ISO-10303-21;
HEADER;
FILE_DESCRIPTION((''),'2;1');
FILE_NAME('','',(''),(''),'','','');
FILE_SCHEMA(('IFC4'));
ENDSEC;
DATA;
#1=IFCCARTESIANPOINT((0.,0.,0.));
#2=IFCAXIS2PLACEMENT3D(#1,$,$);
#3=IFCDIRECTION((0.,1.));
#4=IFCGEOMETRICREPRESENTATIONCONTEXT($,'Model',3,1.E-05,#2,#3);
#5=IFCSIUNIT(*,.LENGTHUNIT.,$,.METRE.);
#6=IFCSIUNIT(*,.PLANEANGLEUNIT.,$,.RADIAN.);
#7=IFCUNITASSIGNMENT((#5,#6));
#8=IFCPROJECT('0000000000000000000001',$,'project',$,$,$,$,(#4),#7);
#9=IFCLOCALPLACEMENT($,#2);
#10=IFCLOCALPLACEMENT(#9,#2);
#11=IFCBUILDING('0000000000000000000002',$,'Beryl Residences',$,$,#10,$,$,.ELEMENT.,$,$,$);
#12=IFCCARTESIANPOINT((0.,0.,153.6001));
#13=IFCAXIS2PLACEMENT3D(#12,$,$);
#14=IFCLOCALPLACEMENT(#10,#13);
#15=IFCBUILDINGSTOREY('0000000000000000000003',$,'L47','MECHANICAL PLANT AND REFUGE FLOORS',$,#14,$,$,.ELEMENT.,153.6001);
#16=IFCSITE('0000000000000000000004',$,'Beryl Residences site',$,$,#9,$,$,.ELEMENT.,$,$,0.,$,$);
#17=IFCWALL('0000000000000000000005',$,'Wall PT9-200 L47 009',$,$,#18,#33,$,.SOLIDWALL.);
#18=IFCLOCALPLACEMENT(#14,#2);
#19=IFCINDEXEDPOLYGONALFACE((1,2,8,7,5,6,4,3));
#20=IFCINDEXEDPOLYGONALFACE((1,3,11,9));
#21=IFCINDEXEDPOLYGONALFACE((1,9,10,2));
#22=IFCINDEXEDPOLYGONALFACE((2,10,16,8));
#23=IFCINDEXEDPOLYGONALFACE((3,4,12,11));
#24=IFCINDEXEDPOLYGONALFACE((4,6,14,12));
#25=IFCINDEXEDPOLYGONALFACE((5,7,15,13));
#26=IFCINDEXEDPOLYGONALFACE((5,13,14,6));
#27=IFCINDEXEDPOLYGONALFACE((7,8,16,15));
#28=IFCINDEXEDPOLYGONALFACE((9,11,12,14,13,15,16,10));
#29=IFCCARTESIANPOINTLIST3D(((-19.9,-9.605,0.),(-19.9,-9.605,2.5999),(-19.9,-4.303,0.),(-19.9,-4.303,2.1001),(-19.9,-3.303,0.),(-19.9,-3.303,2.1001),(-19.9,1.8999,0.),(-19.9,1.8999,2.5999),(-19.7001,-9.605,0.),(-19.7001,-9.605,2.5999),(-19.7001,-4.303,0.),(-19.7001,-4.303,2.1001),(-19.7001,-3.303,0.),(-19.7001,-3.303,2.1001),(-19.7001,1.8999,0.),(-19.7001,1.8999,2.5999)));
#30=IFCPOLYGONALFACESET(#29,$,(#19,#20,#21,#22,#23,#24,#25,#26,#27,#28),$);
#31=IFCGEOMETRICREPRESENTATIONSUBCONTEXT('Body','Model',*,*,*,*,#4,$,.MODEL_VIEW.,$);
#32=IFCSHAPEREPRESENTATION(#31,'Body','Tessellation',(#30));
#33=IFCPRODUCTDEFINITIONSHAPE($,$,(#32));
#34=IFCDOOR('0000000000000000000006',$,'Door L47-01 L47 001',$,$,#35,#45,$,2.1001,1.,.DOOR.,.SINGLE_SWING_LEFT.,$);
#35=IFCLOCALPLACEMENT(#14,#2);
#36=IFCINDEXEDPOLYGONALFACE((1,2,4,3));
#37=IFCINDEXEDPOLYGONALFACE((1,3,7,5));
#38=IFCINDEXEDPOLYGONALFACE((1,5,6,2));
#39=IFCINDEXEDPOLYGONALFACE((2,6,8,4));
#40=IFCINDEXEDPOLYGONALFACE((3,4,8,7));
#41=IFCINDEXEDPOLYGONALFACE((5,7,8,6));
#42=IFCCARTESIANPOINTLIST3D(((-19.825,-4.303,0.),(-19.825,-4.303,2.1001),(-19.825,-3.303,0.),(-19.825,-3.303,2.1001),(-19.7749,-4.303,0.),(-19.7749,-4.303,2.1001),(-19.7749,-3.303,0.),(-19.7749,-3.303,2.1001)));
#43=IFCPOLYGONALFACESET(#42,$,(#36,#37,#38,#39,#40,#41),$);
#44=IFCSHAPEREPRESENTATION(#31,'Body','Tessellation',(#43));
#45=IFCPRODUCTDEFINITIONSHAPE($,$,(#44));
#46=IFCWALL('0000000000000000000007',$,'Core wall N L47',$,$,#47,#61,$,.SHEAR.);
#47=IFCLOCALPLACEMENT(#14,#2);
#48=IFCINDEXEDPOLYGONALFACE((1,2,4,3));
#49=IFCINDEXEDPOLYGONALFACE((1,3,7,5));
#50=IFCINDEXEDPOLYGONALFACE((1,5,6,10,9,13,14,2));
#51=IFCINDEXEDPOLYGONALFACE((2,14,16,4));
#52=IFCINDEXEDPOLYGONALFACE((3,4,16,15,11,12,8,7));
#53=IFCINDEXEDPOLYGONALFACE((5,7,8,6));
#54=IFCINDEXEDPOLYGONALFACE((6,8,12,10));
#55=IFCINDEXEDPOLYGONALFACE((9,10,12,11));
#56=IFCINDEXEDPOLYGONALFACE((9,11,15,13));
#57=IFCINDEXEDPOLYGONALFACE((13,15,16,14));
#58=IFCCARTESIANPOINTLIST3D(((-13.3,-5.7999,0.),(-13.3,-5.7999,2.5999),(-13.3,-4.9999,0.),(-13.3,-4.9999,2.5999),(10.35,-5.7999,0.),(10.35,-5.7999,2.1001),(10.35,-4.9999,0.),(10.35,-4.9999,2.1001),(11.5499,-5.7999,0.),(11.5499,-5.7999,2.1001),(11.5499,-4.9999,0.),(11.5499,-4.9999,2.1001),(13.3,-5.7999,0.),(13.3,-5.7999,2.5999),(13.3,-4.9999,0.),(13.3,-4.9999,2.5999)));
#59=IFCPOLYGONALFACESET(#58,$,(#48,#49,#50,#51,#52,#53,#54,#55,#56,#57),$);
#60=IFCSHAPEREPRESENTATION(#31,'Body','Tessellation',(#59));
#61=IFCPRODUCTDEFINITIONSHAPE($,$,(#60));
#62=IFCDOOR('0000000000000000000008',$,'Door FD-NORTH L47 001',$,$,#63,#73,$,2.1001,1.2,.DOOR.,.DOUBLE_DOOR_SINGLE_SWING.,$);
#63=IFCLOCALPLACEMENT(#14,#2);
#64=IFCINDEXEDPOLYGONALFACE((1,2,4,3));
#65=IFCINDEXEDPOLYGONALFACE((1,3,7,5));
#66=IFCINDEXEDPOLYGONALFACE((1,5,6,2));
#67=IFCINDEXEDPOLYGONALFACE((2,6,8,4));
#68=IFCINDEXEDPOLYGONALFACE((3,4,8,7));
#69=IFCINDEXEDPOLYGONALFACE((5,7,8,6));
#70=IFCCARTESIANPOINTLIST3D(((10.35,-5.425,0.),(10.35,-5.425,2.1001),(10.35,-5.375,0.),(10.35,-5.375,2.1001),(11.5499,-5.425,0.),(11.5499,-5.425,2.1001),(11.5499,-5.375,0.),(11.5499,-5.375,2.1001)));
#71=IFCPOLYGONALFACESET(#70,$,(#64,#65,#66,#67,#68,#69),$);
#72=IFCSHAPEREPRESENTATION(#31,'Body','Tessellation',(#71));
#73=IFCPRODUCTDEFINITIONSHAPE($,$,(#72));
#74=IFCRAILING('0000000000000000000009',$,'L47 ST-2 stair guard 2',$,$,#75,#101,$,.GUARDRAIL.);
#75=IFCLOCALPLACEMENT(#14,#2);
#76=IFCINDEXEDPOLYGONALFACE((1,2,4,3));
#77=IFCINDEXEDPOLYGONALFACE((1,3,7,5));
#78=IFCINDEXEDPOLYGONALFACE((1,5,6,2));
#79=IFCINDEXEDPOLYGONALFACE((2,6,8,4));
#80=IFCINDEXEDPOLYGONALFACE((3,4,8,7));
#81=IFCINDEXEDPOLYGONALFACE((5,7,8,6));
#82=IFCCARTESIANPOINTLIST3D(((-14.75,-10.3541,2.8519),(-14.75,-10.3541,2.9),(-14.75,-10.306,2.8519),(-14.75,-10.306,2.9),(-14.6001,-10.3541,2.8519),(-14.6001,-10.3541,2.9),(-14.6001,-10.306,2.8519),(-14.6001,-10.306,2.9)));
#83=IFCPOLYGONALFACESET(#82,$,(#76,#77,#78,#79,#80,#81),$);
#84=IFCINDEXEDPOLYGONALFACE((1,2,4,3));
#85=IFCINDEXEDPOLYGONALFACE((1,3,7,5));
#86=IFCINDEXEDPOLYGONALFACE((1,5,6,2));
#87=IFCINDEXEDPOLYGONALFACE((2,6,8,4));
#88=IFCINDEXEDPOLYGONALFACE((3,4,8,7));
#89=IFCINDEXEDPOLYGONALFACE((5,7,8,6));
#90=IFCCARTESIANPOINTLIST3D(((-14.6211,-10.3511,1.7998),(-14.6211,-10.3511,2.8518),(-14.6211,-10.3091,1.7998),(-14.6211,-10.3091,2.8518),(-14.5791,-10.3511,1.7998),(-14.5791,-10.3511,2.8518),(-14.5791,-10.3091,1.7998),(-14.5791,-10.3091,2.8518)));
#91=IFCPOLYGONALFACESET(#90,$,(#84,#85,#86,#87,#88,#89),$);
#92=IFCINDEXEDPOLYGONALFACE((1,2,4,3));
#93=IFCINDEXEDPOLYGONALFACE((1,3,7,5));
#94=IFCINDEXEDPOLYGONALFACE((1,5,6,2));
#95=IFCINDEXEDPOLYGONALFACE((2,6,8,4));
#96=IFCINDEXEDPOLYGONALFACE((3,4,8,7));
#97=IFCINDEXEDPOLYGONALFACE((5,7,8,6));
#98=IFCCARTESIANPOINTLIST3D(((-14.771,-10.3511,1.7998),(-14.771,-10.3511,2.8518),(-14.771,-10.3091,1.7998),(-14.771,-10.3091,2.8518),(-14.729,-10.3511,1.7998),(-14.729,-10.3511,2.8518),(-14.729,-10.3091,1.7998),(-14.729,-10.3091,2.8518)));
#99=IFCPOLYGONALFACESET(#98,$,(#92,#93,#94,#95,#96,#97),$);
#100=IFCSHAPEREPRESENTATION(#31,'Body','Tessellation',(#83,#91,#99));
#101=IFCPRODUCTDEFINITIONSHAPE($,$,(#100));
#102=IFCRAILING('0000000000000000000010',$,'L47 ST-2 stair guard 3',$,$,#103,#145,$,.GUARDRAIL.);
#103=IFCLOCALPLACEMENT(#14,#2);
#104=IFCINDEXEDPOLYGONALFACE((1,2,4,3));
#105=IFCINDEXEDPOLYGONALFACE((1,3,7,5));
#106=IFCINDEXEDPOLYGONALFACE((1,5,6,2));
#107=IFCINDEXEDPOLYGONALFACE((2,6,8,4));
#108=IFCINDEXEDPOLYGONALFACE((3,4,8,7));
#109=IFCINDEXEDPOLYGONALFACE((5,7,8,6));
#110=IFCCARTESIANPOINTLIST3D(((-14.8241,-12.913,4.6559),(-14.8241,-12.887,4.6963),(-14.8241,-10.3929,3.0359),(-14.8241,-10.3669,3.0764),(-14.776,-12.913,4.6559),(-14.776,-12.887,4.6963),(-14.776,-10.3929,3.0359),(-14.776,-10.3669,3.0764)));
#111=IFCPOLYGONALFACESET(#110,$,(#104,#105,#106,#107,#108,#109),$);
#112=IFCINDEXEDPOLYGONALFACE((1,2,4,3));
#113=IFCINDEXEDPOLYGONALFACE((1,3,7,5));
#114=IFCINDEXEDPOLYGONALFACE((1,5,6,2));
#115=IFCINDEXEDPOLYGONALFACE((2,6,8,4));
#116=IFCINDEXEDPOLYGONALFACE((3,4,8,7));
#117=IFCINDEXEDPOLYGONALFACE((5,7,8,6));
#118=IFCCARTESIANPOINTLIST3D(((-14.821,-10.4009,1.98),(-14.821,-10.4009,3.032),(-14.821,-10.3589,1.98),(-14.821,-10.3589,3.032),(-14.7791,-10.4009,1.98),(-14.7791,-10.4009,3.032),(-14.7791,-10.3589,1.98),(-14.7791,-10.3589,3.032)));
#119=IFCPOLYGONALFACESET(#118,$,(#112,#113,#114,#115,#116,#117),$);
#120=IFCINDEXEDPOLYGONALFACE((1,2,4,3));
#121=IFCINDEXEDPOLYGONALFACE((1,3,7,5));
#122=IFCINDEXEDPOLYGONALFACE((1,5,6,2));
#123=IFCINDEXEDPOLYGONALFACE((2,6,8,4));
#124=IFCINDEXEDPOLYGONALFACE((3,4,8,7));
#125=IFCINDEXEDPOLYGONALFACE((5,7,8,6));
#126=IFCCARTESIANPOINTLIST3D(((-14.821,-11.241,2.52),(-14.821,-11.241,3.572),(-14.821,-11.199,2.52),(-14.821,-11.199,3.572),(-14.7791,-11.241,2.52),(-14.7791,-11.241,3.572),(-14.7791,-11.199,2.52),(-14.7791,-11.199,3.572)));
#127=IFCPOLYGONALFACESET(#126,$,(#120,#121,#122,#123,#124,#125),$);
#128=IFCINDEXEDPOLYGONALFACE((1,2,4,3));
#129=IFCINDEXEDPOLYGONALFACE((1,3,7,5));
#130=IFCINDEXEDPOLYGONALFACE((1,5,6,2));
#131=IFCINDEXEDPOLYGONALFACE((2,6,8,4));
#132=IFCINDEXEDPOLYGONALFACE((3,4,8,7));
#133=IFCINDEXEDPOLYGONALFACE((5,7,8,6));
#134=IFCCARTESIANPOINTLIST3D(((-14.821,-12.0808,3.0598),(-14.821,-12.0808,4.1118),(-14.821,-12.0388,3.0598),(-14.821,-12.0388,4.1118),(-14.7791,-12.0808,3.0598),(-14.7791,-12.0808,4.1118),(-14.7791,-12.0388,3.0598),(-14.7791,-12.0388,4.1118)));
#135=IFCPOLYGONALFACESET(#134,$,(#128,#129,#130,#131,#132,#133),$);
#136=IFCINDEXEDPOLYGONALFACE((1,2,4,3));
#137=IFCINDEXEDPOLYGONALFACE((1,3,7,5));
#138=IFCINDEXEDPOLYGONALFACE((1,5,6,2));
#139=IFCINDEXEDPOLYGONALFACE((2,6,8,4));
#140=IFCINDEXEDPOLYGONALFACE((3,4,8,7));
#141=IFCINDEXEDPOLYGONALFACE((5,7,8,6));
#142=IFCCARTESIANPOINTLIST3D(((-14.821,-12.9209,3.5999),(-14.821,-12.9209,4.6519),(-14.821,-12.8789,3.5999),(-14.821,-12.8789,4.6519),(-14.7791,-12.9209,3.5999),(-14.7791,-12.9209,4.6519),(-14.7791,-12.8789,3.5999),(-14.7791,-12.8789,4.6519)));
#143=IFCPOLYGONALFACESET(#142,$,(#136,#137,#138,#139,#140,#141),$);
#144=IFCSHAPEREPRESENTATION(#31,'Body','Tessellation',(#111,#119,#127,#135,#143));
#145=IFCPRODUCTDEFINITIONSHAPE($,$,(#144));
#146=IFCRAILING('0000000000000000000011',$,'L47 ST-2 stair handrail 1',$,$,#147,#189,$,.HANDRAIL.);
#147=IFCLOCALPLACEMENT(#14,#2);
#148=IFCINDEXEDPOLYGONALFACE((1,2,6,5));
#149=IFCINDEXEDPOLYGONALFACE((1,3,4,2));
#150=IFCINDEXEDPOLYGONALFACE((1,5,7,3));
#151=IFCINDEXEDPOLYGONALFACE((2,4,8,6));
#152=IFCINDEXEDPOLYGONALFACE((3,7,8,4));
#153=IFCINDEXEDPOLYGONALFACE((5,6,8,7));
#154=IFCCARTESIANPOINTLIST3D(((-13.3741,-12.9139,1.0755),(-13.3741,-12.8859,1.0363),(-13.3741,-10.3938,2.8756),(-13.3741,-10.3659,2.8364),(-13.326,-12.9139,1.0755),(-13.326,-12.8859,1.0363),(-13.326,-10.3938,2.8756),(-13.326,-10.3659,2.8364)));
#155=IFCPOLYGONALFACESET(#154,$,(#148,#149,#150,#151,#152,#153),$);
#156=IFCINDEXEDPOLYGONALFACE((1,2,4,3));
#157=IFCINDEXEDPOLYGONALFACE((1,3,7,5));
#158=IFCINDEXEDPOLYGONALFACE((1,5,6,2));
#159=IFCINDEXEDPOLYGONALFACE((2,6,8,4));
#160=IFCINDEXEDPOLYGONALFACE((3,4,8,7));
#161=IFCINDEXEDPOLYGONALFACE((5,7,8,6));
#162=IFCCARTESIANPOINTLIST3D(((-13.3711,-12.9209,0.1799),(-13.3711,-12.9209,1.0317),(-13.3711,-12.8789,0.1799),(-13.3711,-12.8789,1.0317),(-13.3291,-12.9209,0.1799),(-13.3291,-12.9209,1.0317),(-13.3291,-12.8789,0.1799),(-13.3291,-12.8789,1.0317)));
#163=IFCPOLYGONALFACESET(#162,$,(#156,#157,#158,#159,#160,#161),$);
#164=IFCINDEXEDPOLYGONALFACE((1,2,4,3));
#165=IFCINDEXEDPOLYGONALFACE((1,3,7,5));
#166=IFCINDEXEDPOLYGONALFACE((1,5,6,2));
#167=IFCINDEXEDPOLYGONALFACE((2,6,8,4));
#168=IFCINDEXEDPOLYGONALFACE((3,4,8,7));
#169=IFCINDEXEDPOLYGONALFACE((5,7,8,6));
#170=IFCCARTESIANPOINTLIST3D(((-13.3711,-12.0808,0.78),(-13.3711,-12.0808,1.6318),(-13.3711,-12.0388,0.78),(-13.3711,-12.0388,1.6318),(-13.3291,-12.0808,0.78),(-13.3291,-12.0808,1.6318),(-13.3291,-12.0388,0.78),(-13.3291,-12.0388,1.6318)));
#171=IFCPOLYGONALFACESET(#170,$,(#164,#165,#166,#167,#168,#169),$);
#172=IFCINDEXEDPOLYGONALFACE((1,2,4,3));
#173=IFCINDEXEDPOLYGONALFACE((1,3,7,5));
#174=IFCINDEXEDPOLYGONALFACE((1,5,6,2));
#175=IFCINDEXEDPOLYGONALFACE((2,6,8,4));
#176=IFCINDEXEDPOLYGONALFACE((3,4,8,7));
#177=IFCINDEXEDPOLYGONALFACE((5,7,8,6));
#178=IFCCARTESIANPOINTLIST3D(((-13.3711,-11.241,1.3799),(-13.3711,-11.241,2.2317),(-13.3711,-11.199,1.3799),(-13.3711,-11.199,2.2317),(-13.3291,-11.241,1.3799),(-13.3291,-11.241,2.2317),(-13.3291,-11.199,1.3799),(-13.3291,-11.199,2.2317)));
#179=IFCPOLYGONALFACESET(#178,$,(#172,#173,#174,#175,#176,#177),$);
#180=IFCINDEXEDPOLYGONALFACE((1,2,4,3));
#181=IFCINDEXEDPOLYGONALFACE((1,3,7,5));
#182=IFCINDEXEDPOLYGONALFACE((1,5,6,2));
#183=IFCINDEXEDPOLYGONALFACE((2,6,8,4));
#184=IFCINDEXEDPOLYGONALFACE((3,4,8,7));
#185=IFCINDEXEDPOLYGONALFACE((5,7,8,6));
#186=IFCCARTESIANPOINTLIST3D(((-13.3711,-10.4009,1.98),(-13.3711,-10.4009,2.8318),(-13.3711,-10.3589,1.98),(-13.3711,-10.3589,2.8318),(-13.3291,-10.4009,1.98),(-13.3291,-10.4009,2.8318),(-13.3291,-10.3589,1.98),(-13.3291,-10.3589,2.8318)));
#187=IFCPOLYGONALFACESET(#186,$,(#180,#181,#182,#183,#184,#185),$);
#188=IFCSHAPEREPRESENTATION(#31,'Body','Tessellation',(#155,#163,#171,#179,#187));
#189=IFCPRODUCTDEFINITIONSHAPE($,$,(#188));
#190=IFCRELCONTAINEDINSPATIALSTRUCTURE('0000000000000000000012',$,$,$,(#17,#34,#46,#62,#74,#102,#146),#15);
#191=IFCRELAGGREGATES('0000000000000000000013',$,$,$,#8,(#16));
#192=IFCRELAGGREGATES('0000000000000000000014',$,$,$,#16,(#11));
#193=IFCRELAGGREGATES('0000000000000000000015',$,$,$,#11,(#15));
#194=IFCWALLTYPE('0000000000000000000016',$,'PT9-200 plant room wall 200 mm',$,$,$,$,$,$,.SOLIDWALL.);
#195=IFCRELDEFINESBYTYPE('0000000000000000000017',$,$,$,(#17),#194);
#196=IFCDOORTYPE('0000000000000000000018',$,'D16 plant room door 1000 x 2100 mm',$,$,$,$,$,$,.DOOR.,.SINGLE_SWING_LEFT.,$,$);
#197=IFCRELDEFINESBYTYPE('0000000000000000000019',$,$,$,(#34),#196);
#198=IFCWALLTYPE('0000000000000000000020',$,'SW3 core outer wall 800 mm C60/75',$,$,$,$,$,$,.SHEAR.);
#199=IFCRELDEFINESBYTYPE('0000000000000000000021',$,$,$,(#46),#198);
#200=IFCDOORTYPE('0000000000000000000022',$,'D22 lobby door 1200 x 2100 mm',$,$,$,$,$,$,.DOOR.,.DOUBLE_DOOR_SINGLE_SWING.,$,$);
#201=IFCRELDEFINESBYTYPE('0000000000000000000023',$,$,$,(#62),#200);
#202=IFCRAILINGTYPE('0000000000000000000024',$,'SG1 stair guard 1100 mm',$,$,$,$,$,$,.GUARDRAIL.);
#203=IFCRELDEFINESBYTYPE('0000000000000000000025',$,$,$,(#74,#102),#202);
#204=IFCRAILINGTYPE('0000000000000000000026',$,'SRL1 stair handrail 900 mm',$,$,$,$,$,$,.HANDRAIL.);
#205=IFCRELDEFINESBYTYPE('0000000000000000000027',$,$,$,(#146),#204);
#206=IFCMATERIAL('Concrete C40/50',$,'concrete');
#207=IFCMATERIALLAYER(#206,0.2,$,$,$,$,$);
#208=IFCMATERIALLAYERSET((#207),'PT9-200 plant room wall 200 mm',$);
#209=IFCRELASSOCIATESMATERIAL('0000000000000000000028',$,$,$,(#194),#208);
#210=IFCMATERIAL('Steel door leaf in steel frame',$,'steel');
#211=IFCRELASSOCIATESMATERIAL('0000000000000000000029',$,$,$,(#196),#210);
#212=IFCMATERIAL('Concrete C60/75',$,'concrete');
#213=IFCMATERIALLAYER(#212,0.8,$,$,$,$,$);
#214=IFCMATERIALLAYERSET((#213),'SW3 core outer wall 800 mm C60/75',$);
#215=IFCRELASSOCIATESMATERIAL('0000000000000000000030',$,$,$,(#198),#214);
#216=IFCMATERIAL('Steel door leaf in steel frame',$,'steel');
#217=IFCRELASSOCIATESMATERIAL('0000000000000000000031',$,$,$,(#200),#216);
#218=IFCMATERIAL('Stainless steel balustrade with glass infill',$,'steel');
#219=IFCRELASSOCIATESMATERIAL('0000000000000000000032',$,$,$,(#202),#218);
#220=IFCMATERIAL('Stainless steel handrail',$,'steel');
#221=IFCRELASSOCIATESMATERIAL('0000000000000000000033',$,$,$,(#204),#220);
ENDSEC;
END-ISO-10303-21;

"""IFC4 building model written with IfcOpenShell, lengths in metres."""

from ifc_helpers import new_model, si_unit, direction, frame, frame_2d, origin, origin_2d, place, context, subcontext, project, spatial, rectangle, extrude, material, layer, layer_set, type_object, element, fill, save


model = new_model("IFC4")

# Units and contexts
model_context = context("Model", 3, precision=1e-05, world=origin(), true_north=direction((0.0, 1.0)))
body_context = subcontext(model_context, "Body", "Model", "MODEL_VIEW")
ifc_project = project(units=[si_unit("LENGTHUNIT", "METRE"), si_unit("PLANEANGLEUNIT", "RADIAN")], contexts=[model_context])

# Site, building, storey
site_placement = place(None, origin())
site = spatial("IfcSite", under=ifc_project, at=site_placement, Name="Beryl Residences site", CompositionType="ELEMENT", RefElevation=0.0)
building_placement = place(site_placement, origin())
building = spatial("IfcBuilding", under=site, at=building_placement, Name="Beryl Residences", CompositionType="ELEMENT")
storey_placement = place(building_placement, frame((0.0, 0.0, 153.6001)))
storey = spatial("IfcBuildingStorey", under=building, at=storey_placement, Name="L47", Description="MECHANICAL PLANT AND REFUGE FLOORS", CompositionType="ELEMENT", Elevation=153.6001)

# Walls, openings, doors
ifc_material_1 = material(Name="Concrete C40/50", Category="concrete")
ifc_layer_1 = layer(ifc_material_1, 0.2)
ifc_layer_set_1 = layer_set([ifc_layer_1], Name="PT9-200 plant room wall 200 mm")
wall_type_1 = type_object("IfcWallType", Name="PT9-200 plant room wall 200 mm", PredefinedType="SOLIDWALL", material=ifc_layer_set_1)
wall_1_placement = place(storey_placement, frame((-19.8, -9.605, 0.0), z_axis=(0.0, 0.0, 1.0), x_axis=(0.0, 1.0, 0.0)))
wall_1 = element("IfcWall", 1, at=wall_1_placement, inside=storey, type_object=wall_type_1, Name="Wall PT9-200 L47 009", PredefinedType="SOLIDWALL", context=body_context, shape_type="SweptSolid", body=[
    extrude(rectangle(XDim=11.5049, YDim=0.2, at=frame_2d((5.7524, 0.0))), origin(), (0.0, 0.0, 1.0), 2.5999),
])
opening_1_placement = place(wall_1_placement, frame((5.302, 0.0, 0.0)))
opening_1 = element("IfcOpeningElement", 2, at=opening_1_placement, cuts=wall_1, PredefinedType="OPENING", context=body_context, shape_type="SweptSolid", body=[
    extrude(rectangle(XDim=1.0, YDim=2.1001, at=frame_2d((0.5, 1.05))), frame((0.0, 0.1099, 0.0), z_axis=(0.0, -1.0, 0.0), x_axis=(1.0, 0.0, 0.0)), (0.0, 0.0, 1.0), 0.22),
])
ifc_material_2 = material(Name="Steel door leaf in steel frame", Category="steel")
door_type_1 = type_object("IfcDoorType", Name="D16 plant room door 1000 x 2100 mm", OperationType="SINGLE_SWING_LEFT", PredefinedType="DOOR", material=ifc_material_2)
door_1_placement = place(opening_1_placement, origin())
door_1 = element("IfcDoor", 3, at=door_1_placement, inside=storey, type_object=door_type_1, Name="Door L47-01 L47 001", OperationType="SINGLE_SWING_LEFT", OverallHeight=2.1001, OverallWidth=1.0, PredefinedType="DOOR", context=body_context, shape_type="SweptSolid", body=[
    extrude(rectangle(XDim=1.0, YDim=2.1001, at=frame_2d((0.5, 1.05))), frame((0.0, 0.0249, 0.0), z_axis=(0.0, -1.0, 0.0), x_axis=(1.0, 0.0, 0.0)), (0.0, 0.0, 1.0), 0.05),
])
fill(opening_1, door_1)
ifc_material_3 = material(Name="Concrete C60/75", Category="concrete")
ifc_layer_2 = layer(ifc_material_3, 0.8)
ifc_layer_set_2 = layer_set([ifc_layer_2], Name="SW3 core outer wall 800 mm C60/75")
wall_type_2 = type_object("IfcWallType", Name="SW3 core outer wall 800 mm C60/75", PredefinedType="SHEAR", material=ifc_layer_set_2)
wall_2_placement = place(storey_placement, frame((-13.3, -5.3999, 0.0), z_axis=(0.0, 0.0, 1.0), x_axis=(1.0, 0.0, 0.0)))
wall_2 = element("IfcWall", 4, at=wall_2_placement, inside=storey, type_object=wall_type_2, Name="Core wall N L47", PredefinedType="SHEAR", context=body_context, shape_type="SweptSolid", body=[
    extrude(rectangle(XDim=26.6001, YDim=0.8, at=frame_2d((13.3, 0.0))), origin(), (0.0, 0.0, 1.0), 2.5999),
])
opening_2_placement = place(wall_2_placement, frame((23.6499, 0.0, 0.0)))
opening_2 = element("IfcOpeningElement", 5, at=opening_2_placement, cuts=wall_2, PredefinedType="OPENING", context=body_context, shape_type="SweptSolid", body=[
    extrude(rectangle(XDim=1.2, YDim=2.1001, at=frame_2d((0.6001, 1.05))), frame((0.0, 0.4099, 0.0), z_axis=(0.0, -1.0, 0.0), x_axis=(1.0, 0.0, 0.0)), (0.0, 0.0, 1.0), 0.8201),
])
ifc_material_4 = material(Name="Steel door leaf in steel frame", Category="steel")
door_type_2 = type_object("IfcDoorType", Name="D22 lobby door 1200 x 2100 mm", OperationType="DOUBLE_DOOR_SINGLE_SWING", PredefinedType="DOOR", material=ifc_material_4)
door_2_placement = place(opening_2_placement, origin())
door_2 = element("IfcDoor", 6, at=door_2_placement, inside=storey, type_object=door_type_2, Name="Door FD-NORTH L47 001", OperationType="DOUBLE_DOOR_SINGLE_SWING", OverallHeight=2.1001, OverallWidth=1.2, PredefinedType="DOOR", context=body_context, shape_type="SweptSolid", body=[
    extrude(rectangle(XDim=1.2, YDim=2.1001, at=frame_2d((0.6001, 1.05))), frame((0.0, 0.0249, 0.0), z_axis=(0.0, -1.0, 0.0), x_axis=(1.0, 0.0, 0.0)), (0.0, 0.0, 1.0), 0.05),
])
fill(opening_2, door_2)

# Railings
ifc_material_5 = material(Name="Stainless steel balustrade with glass infill", Category="steel")
railing_type_1 = type_object("IfcRailingType", Name="SG1 stair guard 1100 mm", PredefinedType="GUARDRAIL", material=ifc_material_5)
railing_1_placement = place(storey_placement, frame((-14.6001, -10.3301, 1.7998)))
element("IfcRailing", 7, at=railing_1_placement, inside=storey, type_object=railing_type_1, Name="L47 ST-2 stair guard 2", PredefinedType="GUARDRAIL", context=body_context, shape_type="SweptSolid", body=[
    extrude(rectangle(XDim=0.0481, YDim=0.0481, at=origin_2d()), frame((0.0, 0.0, 1.0762), z_axis=(-1.0, 0.0, 0.0), x_axis=(0.0, -1.0, 0.0)), (0.0, 0.0, 1.0), 0.1499),
    extrude(rectangle(XDim=0.042, YDim=0.042, at=origin_2d()), origin(), (0.0, 0.0, 1.0), 1.052),
    extrude(rectangle(XDim=0.042, YDim=0.042, at=origin_2d()), frame((-0.1499, 0.0, 0.0)), (0.0, 0.0, 1.0), 1.052),
])
railing_2_placement = place(storey_placement, frame((-14.8, -10.3799, 1.98)))
element("IfcRailing", 8, at=railing_2_placement, inside=storey, type_object=railing_type_1, Name="L47 ST-2 stair guard 3", PredefinedType="GUARDRAIL", context=body_context, shape_type="SweptSolid", body=[
    extrude(rectangle(XDim=0.0481, YDim=0.0481, at=origin_2d()), frame((0.0, 0.0, 1.0762), z_axis=(0.0, -0.8412, 0.540725), x_axis=(1.0, 0.0, 0.0)), (0.0, 0.0, 1.0), 2.9958),
    extrude(rectangle(XDim=0.042, YDim=0.042, at=origin_2d()), origin(), (0.0, 0.0, 1.0), 1.052),
    extrude(rectangle(XDim=0.042, YDim=0.042, at=origin_2d()), frame((0.0, -0.8401, 0.54)), (0.0, 0.0, 1.0), 1.052),
    extrude(rectangle(XDim=0.042, YDim=0.042, at=origin_2d()), frame((0.0, -1.6799, 1.0798)), (0.0, 0.0, 1.0), 1.052),
    extrude(rectangle(XDim=0.042, YDim=0.042, at=origin_2d()), frame((0.0, -2.52, 1.6199)), (0.0, 0.0, 1.0), 1.052),
])
ifc_material_6 = material(Name="Stainless steel handrail", Category="steel")
railing_type_2 = type_object("IfcRailingType", Name="SRL1 stair handrail 900 mm", PredefinedType="HANDRAIL", material=ifc_material_6)
railing_3_placement = place(storey_placement, frame((-13.3501, -12.8999, 0.1799)))
element("IfcRailing", 9, at=railing_3_placement, inside=storey, type_object=railing_type_2, Name="L47 ST-2 stair handrail 1", PredefinedType="HANDRAIL", context=body_context, shape_type="SweptSolid", body=[
    extrude(rectangle(XDim=0.0481, YDim=0.0481, at=origin_2d()), frame((0.0, 0.0, 0.876), z_axis=(0.0, 0.813728, 0.581246), x_axis=(-1.0, 0.0, 0.0)), (0.0, 0.0, 1.0), 3.0969),
    extrude(rectangle(XDim=0.042, YDim=0.042, at=origin_2d()), origin(), (0.0, 0.0, 1.0), 0.8518),
    extrude(rectangle(XDim=0.042, YDim=0.042, at=origin_2d()), frame((0.0, 0.8401, 0.6001)), (0.0, 0.0, 1.0), 0.8518),
    extrude(rectangle(XDim=0.042, YDim=0.042, at=origin_2d()), frame((0.0, 1.6799, 1.2)), (0.0, 0.0, 1.0), 0.8518),
    extrude(rectangle(XDim=0.042, YDim=0.042, at=origin_2d()), frame((0.0, 2.52, 1.8)), (0.0, 0.0, 1.0), 0.8518),
])

save(model, "model.ifc")
